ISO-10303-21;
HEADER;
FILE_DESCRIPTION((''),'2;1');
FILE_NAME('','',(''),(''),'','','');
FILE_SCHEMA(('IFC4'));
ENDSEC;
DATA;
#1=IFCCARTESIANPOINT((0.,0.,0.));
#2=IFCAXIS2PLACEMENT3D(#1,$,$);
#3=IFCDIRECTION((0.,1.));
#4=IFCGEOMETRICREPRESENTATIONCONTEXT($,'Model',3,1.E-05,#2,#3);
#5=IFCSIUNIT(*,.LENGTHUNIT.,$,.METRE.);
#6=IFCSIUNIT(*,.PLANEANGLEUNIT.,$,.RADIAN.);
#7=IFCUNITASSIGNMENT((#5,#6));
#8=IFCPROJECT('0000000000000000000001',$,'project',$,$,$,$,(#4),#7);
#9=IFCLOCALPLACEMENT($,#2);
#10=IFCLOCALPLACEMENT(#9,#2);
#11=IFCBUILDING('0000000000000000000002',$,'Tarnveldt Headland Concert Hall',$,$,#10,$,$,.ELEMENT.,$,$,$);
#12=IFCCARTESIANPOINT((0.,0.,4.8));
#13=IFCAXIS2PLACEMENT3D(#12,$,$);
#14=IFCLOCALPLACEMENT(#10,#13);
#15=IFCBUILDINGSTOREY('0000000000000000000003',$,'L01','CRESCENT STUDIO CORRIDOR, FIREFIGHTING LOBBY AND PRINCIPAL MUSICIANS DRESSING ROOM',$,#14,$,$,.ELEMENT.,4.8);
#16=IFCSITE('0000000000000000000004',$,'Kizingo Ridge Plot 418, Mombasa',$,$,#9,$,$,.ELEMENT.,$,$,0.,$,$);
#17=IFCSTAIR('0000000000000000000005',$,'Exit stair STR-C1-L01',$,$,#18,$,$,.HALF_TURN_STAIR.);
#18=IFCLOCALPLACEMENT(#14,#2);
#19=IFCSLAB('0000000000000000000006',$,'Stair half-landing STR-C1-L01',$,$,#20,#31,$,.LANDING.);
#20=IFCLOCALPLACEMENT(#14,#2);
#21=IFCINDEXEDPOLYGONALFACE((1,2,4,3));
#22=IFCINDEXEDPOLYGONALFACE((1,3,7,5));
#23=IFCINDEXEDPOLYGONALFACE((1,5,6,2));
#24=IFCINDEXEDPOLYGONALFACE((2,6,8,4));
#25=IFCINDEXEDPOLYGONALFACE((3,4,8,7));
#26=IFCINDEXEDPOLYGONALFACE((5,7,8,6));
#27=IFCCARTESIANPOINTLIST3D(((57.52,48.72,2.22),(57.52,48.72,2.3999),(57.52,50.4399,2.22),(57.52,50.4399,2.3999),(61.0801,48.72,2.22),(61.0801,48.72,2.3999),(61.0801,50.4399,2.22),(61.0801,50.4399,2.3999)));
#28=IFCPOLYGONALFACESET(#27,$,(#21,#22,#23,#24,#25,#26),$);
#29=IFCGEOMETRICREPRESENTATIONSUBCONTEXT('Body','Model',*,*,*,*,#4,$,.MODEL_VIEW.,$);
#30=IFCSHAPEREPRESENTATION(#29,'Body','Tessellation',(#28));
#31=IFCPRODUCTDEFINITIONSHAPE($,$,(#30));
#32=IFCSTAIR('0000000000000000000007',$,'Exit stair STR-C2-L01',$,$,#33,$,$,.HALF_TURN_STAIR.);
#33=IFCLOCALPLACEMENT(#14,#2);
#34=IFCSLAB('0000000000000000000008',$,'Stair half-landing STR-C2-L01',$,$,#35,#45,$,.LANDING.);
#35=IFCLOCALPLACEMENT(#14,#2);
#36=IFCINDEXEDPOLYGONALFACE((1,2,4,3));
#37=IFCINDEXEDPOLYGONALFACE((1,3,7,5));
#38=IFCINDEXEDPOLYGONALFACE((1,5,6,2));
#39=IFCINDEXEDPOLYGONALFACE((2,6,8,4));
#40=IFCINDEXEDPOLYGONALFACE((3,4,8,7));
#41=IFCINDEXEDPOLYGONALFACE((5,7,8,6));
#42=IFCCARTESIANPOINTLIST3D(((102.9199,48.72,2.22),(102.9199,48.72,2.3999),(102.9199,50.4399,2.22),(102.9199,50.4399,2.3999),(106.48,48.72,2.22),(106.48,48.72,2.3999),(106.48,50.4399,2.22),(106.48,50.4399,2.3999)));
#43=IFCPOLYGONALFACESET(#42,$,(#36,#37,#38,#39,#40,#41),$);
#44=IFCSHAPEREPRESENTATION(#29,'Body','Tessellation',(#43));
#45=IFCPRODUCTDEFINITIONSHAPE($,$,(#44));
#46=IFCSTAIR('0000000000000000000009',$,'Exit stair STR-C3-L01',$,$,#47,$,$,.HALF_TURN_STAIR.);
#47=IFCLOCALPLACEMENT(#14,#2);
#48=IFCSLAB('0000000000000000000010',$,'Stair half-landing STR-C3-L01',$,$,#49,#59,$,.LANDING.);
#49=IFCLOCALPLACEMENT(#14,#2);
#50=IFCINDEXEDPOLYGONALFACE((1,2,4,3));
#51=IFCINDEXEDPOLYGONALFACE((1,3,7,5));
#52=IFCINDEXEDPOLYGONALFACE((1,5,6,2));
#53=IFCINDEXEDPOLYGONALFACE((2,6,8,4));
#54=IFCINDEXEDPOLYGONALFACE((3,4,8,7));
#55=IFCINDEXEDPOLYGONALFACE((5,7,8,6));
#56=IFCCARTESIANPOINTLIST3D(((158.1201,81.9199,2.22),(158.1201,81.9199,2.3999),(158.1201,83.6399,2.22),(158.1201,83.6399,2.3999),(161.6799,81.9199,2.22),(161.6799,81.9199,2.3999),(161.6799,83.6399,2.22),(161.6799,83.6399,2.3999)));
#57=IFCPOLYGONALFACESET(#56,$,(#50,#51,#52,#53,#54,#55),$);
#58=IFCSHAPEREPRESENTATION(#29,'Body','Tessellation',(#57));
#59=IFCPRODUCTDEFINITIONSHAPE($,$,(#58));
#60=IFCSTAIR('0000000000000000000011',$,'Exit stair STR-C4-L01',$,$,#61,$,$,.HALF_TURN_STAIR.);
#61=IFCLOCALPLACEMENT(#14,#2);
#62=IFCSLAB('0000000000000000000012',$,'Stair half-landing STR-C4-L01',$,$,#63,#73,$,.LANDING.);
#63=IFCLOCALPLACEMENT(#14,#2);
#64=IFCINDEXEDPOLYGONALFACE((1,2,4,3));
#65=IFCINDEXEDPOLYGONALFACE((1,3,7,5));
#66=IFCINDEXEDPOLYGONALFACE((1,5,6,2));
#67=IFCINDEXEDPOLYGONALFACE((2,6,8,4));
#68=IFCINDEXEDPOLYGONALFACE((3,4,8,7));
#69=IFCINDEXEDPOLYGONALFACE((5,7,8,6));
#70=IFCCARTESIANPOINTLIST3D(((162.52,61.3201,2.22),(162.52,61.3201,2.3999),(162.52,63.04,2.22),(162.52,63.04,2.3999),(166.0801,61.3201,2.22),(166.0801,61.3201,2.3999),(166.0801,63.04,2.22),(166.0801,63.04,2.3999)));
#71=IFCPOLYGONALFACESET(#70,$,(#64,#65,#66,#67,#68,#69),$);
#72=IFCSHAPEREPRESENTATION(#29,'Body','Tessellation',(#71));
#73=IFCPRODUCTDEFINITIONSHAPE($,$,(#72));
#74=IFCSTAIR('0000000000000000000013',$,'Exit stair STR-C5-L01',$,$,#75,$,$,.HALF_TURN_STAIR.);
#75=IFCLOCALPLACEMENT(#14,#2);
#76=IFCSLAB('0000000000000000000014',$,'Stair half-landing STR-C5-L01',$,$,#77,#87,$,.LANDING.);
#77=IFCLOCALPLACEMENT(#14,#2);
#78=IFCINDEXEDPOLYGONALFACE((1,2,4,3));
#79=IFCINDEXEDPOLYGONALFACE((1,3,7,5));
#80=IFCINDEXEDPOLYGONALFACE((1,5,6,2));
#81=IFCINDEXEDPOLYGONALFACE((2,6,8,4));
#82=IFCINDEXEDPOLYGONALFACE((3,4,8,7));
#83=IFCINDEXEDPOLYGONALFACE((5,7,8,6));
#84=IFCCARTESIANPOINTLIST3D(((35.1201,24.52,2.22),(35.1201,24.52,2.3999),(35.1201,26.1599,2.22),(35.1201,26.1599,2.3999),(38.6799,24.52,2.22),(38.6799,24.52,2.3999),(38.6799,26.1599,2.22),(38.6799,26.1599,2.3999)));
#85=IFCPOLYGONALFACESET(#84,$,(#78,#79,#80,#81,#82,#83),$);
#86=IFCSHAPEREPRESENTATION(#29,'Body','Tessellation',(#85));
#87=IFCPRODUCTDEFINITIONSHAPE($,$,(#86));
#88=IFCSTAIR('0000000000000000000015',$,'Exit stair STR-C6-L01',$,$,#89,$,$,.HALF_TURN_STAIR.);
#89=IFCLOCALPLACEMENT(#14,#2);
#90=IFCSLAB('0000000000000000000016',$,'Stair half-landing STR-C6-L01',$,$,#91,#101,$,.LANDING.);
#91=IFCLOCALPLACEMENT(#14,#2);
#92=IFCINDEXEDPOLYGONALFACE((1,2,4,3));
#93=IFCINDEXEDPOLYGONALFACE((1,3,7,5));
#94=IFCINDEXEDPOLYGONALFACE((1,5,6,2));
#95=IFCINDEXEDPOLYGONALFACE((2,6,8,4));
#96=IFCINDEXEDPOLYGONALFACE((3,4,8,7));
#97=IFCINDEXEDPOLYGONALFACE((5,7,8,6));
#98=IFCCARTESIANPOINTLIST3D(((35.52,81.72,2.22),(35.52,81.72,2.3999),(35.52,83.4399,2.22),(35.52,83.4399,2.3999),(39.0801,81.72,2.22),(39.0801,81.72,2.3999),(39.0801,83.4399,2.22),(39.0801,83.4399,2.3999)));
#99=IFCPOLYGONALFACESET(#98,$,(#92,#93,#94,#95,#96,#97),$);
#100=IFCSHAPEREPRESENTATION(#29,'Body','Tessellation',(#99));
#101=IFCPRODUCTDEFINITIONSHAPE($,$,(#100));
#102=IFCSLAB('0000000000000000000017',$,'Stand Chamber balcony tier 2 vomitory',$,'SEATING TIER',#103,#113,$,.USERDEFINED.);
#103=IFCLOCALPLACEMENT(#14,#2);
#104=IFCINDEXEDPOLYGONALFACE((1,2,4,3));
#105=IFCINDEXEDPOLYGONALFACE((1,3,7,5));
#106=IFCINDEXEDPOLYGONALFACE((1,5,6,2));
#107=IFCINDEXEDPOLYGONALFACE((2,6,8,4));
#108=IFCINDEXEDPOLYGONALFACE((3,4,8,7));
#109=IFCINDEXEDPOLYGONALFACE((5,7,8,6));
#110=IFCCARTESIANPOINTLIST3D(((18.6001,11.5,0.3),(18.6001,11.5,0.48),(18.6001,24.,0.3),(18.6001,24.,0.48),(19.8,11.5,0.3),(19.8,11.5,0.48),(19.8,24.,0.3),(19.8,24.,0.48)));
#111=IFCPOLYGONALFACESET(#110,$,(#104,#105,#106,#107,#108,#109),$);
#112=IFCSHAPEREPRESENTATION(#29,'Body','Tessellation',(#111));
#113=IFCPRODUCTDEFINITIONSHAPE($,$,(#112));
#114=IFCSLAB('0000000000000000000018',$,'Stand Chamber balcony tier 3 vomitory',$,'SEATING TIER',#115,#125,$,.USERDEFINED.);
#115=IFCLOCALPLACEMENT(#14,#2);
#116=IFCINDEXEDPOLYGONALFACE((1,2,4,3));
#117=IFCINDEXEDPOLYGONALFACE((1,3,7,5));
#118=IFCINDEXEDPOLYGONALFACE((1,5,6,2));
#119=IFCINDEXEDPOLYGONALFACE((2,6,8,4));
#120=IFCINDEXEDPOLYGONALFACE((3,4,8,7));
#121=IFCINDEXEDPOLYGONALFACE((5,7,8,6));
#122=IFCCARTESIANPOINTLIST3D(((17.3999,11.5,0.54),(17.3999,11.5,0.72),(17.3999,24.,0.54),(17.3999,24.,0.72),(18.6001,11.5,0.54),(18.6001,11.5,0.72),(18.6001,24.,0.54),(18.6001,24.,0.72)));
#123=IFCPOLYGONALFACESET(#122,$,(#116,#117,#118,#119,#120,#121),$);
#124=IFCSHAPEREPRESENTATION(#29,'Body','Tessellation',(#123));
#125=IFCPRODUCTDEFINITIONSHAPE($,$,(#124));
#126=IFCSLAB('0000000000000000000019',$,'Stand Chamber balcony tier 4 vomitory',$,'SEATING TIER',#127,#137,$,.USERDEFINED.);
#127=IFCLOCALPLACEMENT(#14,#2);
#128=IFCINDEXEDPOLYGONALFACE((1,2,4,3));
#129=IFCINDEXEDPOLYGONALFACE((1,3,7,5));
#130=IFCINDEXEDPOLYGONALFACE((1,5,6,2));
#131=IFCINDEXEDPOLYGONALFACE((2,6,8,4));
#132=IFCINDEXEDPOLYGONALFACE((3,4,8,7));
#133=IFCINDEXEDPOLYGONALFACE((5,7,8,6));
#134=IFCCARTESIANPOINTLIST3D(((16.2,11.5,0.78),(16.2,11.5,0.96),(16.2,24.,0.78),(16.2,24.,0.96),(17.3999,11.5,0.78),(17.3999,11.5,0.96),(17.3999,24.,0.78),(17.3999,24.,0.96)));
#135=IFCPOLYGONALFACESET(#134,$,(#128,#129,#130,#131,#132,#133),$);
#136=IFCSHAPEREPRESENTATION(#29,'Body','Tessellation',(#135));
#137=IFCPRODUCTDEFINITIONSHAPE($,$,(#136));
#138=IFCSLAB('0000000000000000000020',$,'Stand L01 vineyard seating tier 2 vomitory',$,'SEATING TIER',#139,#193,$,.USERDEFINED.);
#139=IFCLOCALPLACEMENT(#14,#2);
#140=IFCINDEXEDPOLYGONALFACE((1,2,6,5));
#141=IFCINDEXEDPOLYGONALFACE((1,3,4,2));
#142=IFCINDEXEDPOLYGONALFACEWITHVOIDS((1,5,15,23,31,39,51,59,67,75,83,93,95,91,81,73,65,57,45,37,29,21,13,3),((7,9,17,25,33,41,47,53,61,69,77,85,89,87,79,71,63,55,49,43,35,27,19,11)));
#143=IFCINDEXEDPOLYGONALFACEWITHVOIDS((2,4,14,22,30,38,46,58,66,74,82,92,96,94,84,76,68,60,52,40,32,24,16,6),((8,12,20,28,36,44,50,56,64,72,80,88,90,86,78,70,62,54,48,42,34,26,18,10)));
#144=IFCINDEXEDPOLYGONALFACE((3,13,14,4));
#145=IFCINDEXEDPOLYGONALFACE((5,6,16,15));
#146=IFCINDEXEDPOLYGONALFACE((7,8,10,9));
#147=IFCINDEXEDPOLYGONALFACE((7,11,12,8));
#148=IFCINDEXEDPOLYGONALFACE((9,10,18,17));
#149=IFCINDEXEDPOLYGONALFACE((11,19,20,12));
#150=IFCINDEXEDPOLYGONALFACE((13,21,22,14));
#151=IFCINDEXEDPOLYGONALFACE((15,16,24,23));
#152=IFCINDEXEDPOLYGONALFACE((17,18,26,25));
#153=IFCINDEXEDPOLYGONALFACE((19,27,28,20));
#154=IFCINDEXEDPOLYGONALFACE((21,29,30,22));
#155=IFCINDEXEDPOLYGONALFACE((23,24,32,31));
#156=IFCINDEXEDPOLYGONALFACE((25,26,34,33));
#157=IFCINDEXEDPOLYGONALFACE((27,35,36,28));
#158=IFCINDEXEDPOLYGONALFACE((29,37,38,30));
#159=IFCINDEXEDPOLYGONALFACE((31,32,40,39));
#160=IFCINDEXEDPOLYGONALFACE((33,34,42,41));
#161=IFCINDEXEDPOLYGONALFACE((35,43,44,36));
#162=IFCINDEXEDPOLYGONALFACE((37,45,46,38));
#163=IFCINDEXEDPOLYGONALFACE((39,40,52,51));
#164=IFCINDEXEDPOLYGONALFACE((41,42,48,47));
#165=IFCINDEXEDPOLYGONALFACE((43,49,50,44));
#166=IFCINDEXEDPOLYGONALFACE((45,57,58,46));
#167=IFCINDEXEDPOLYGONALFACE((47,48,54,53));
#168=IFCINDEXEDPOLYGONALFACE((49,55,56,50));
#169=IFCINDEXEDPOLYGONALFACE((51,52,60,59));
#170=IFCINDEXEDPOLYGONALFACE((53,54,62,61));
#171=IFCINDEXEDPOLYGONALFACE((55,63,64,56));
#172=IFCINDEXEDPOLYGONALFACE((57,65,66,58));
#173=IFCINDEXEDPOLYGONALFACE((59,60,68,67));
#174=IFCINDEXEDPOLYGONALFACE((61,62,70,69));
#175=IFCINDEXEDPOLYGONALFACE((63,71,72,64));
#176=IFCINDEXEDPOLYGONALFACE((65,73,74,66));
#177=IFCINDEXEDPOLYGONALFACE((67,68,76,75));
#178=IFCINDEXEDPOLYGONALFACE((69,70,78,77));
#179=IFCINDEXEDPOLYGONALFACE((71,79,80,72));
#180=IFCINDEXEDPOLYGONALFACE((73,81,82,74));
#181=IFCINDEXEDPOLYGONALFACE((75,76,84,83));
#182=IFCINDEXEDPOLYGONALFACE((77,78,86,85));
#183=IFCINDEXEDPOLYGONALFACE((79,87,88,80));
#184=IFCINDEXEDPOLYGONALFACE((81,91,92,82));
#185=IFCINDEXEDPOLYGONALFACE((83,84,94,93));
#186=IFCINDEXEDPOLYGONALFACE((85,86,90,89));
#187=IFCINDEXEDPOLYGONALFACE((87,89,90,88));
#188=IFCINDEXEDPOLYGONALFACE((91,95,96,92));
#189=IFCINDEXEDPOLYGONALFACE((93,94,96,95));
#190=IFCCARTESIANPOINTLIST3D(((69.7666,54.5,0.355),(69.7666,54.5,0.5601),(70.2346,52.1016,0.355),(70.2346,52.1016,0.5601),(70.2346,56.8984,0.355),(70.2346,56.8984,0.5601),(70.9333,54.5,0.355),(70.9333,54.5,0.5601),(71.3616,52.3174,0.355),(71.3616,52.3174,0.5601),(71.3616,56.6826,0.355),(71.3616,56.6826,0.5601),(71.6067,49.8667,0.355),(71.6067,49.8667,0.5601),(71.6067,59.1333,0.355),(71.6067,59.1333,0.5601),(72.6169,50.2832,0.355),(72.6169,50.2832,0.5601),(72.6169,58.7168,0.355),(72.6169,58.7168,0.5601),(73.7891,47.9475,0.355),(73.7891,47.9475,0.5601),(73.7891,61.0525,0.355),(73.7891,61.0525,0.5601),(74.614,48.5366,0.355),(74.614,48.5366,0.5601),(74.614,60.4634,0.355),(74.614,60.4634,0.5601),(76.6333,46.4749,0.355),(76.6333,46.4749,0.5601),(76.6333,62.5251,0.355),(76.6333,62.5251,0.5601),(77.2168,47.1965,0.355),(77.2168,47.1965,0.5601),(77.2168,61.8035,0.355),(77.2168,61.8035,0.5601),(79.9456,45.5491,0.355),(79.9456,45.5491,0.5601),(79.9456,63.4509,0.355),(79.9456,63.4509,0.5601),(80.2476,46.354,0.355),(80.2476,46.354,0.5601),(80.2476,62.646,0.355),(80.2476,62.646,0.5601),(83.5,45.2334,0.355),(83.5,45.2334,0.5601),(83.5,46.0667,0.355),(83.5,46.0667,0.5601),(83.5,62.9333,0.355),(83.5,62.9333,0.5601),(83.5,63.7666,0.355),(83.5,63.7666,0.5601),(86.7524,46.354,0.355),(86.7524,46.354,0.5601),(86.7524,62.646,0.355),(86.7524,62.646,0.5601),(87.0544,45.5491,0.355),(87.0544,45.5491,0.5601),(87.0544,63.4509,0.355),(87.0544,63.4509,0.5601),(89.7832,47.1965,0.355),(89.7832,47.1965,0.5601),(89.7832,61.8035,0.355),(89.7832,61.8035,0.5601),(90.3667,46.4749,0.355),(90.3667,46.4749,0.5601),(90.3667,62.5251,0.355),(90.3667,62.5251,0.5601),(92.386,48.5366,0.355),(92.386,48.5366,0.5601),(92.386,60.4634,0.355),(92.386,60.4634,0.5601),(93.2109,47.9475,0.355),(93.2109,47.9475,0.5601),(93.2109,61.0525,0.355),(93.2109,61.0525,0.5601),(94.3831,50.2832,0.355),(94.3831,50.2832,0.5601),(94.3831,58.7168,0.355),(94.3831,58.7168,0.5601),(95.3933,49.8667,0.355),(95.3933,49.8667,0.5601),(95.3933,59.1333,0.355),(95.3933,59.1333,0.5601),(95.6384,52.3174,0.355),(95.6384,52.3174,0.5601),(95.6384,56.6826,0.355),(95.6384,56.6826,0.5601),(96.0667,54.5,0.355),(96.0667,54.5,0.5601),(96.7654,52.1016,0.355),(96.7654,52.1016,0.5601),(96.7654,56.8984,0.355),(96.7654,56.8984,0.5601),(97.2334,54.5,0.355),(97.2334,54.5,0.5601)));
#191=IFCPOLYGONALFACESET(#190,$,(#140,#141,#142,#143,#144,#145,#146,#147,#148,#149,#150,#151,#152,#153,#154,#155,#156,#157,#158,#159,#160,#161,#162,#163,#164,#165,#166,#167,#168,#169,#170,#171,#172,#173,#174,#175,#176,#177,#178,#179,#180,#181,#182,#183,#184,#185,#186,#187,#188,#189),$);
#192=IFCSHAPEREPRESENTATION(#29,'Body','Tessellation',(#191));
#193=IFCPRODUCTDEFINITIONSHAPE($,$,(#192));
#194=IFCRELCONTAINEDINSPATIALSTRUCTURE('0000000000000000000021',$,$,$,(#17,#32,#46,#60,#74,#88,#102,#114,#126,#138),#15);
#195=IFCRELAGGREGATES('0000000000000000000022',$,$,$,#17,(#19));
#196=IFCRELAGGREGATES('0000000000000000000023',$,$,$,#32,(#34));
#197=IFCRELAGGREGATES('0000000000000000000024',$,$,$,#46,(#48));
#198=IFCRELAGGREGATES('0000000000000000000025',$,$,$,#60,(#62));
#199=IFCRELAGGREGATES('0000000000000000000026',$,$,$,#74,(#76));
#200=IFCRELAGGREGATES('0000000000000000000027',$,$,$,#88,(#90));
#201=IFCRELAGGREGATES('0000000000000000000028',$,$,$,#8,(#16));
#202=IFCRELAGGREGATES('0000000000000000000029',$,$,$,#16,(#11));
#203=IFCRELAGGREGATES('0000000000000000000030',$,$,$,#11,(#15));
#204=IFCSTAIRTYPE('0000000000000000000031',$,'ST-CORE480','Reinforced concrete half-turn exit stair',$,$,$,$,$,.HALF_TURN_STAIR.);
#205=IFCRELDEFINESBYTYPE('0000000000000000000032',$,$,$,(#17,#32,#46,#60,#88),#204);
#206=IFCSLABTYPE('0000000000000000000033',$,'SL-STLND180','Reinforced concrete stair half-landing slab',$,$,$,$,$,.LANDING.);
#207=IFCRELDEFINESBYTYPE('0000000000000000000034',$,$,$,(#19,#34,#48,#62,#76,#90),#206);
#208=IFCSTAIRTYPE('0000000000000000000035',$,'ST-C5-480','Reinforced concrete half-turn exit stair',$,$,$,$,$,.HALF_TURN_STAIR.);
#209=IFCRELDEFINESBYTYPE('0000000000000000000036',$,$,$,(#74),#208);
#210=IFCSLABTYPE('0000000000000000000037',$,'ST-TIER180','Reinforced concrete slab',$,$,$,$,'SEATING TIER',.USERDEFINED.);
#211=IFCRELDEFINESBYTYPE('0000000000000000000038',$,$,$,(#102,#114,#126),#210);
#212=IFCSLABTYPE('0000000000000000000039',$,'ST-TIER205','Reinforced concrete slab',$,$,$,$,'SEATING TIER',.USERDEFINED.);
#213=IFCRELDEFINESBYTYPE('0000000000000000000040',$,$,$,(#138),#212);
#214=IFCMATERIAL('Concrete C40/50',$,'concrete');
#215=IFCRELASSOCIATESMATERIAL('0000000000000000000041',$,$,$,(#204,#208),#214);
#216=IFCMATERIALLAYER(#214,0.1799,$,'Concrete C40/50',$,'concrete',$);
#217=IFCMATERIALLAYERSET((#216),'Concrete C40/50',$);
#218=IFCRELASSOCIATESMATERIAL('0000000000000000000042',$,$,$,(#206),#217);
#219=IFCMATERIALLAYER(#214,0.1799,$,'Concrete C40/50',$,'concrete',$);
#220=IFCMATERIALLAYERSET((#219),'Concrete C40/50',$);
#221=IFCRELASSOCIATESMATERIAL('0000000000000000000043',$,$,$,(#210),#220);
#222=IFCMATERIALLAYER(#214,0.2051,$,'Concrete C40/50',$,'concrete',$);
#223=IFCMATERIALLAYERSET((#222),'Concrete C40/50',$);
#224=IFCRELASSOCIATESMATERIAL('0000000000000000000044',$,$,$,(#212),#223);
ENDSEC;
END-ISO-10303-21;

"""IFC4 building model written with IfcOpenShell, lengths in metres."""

from ifc_helpers import new_model, si_unit, direction, frame, origin, place, context, subcontext, project, spatial, polyline, outline, extrude, material, layer, layer_set, type_object, element, aggregate, save


model = new_model("IFC4")

# Units and contexts
model_context = context("Model", 3, precision=1e-05, world=origin(), true_north=direction((0.0, 1.0)))
body_context = subcontext(model_context, "Body", "Model", "MODEL_VIEW")
ifc_project = project(units=[si_unit("LENGTHUNIT", "METRE"), si_unit("PLANEANGLEUNIT", "RADIAN")], contexts=[model_context])

# Site, building, storey
site_placement = place(None, origin())
site = spatial("IfcSite", under=ifc_project, at=site_placement, Name="Kizingo Ridge Plot 418, Mombasa", CompositionType="ELEMENT", RefElevation=0.0)
building_placement = place(site_placement, origin())
building = spatial("IfcBuilding", under=site, at=building_placement, Name="Tarnveldt Headland Concert Hall", CompositionType="ELEMENT")
storey_placement = place(building_placement, frame((0.0, 0.0, 4.8)))
storey = spatial("IfcBuildingStorey", under=building, at=storey_placement, Name="L01", Description="CRESCENT STUDIO CORRIDOR, FIREFIGHTING LOBBY AND PRINCIPAL MUSICIANS DRESSING ROOM", CompositionType="ELEMENT", Elevation=4.8)

# Stairs, slabs
ifc_material_1 = material(Name="Concrete C40/50", Category="concrete")
stair_type_1 = type_object("IfcStairType", Name="ST-CORE480", Description="Reinforced concrete half-turn exit stair", PredefinedType="HALF_TURN_STAIR", material=ifc_material_1)
stair_1_placement = place(storey_placement, origin())
stair_1 = element("IfcStair", 1, at=stair_1_placement, inside=storey, type_object=stair_type_1, Name="Exit stair STR-C1-L01", PredefinedType="HALF_TURN_STAIR")
ifc_layer_1 = layer(ifc_material_1, 0.1799, Name="Concrete C40/50", Category="concrete")
ifc_layer_set_1 = layer_set([ifc_layer_1], Name="Concrete C40/50")
slab_type_1 = type_object("IfcSlabType", Name="SL-STLND180", Description="Reinforced concrete stair half-landing slab", PredefinedType="LANDING", material=ifc_layer_set_1)
slab_1_placement = place(storey_placement, frame((0.0, 0.0, 2.22)))
slab_1 = element("IfcSlab", 2, at=slab_1_placement, type_object=slab_type_1, Name="Stair half-landing STR-C1-L01", PredefinedType="LANDING", context=body_context, shape_type="SweptSolid", body=[
    extrude(outline(polyline([(57.52, 48.72), (61.0801, 48.72), (61.0801, 50.4399), (57.52, 50.4399), (57.52, 48.72)])), origin(), (0.0, 0.0, 1.0), 0.1799),
])
aggregate(stair_1, [slab_1])
stair_2_placement = place(storey_placement, origin())
stair_2 = element("IfcStair", 3, at=stair_2_placement, inside=storey, type_object=stair_type_1, Name="Exit stair STR-C2-L01", PredefinedType="HALF_TURN_STAIR")
slab_2_placement = place(storey_placement, frame((0.0, 0.0, 2.22)))
slab_2 = element("IfcSlab", 4, at=slab_2_placement, type_object=slab_type_1, Name="Stair half-landing STR-C2-L01", PredefinedType="LANDING", context=body_context, shape_type="SweptSolid", body=[
    extrude(outline(polyline([(102.9199, 48.72), (106.48, 48.72), (106.48, 50.4399), (102.9199, 50.4399), (102.9199, 48.72)])), origin(), (0.0, 0.0, 1.0), 0.1799),
])
aggregate(stair_2, [slab_2])
stair_3_placement = place(storey_placement, origin())
stair_3 = element("IfcStair", 5, at=stair_3_placement, inside=storey, type_object=stair_type_1, Name="Exit stair STR-C3-L01", PredefinedType="HALF_TURN_STAIR")
slab_3_placement = place(storey_placement, frame((0.0, 0.0, 2.22)))
slab_3 = element("IfcSlab", 6, at=slab_3_placement, type_object=slab_type_1, Name="Stair half-landing STR-C3-L01", PredefinedType="LANDING", context=body_context, shape_type="SweptSolid", body=[
    extrude(outline(polyline([(158.1201, 81.9199), (161.6799, 81.9199), (161.6799, 83.6399), (158.1201, 83.6399), (158.1201, 81.9199)])), origin(), (0.0, 0.0, 1.0), 0.1799),
])
aggregate(stair_3, [slab_3])
stair_4_placement = place(storey_placement, origin())
stair_4 = element("IfcStair", 7, at=stair_4_placement, inside=storey, type_object=stair_type_1, Name="Exit stair STR-C4-L01", PredefinedType="HALF_TURN_STAIR")
slab_4_placement = place(storey_placement, frame((0.0, 0.0, 2.22)))
slab_4 = element("IfcSlab", 8, at=slab_4_placement, type_object=slab_type_1, Name="Stair half-landing STR-C4-L01", PredefinedType="LANDING", context=body_context, shape_type="SweptSolid", body=[
    extrude(outline(polyline([(162.52, 61.3201), (166.0801, 61.3201), (166.0801, 63.04), (162.52, 63.04), (162.52, 61.3201)])), origin(), (0.0, 0.0, 1.0), 0.1799),
])
aggregate(stair_4, [slab_4])
stair_type_2 = type_object("IfcStairType", Name="ST-C5-480", Description="Reinforced concrete half-turn exit stair", PredefinedType="HALF_TURN_STAIR", material=ifc_material_1)
stair_5_placement = place(storey_placement, origin())
stair_5 = element("IfcStair", 9, at=stair_5_placement, inside=storey, type_object=stair_type_2, Name="Exit stair STR-C5-L01", PredefinedType="HALF_TURN_STAIR")
slab_5_placement = place(storey_placement, frame((0.0, 0.0, 2.22)))
slab_5 = element("IfcSlab", 10, at=slab_5_placement, type_object=slab_type_1, Name="Stair half-landing STR-C5-L01", PredefinedType="LANDING", context=body_context, shape_type="SweptSolid", body=[
    extrude(outline(polyline([(35.1201, 24.52), (38.6799, 24.52), (38.6799, 26.1599), (35.1201, 26.1599), (35.1201, 24.52)])), origin(), (0.0, 0.0, 1.0), 0.1799),
])
aggregate(stair_5, [slab_5])
stair_6_placement = place(storey_placement, origin())
stair_6 = element("IfcStair", 11, at=stair_6_placement, inside=storey, type_object=stair_type_1, Name="Exit stair STR-C6-L01", PredefinedType="HALF_TURN_STAIR")
slab_6_placement = place(storey_placement, frame((0.0, 0.0, 2.22)))
slab_6 = element("IfcSlab", 12, at=slab_6_placement, type_object=slab_type_1, Name="Stair half-landing STR-C6-L01", PredefinedType="LANDING", context=body_context, shape_type="SweptSolid", body=[
    extrude(outline(polyline([(35.52, 81.72), (39.0801, 81.72), (39.0801, 83.4399), (35.52, 83.4399), (35.52, 81.72)])), origin(), (0.0, 0.0, 1.0), 0.1799),
])
aggregate(stair_6, [slab_6])

# Slabs
ifc_layer_2 = layer(ifc_material_1, 0.1799, Name="Concrete C40/50", Category="concrete")
ifc_layer_set_2 = layer_set([ifc_layer_2], Name="Concrete C40/50")
slab_type_2 = type_object("IfcSlabType", Name="ST-TIER180", Description="Reinforced concrete slab", ElementType="SEATING TIER", PredefinedType="USERDEFINED", material=ifc_layer_set_2)
slab_7_placement = place(storey_placement, frame((0.0, 0.0, 0.3)))
element("IfcSlab", 13, at=slab_7_placement, inside=storey, type_object=slab_type_2, Name="Stand Chamber balcony tier 2 vomitory", ObjectType="SEATING TIER", PredefinedType="USERDEFINED", context=body_context, shape_type="SweptSolid", body=[
    extrude(outline(polyline([(18.6001, 11.5), (19.8, 11.5), (19.8, 24.0), (18.6001, 24.0), (18.6001, 11.5)])), origin(), (0.0, 0.0, 1.0), 0.1799),
])
slab_8_placement = place(storey_placement, frame((0.0, 0.0, 0.54)))
element("IfcSlab", 14, at=slab_8_placement, inside=storey, type_object=slab_type_2, Name="Stand Chamber balcony tier 3 vomitory", ObjectType="SEATING TIER", PredefinedType="USERDEFINED", context=body_context, shape_type="SweptSolid", body=[
    extrude(outline(polyline([(17.3999, 11.5), (18.6001, 11.5), (18.6001, 24.0), (17.3999, 24.0), (17.3999, 11.5)])), origin(), (0.0, 0.0, 1.0), 0.1799),
])
slab_9_placement = place(storey_placement, frame((0.0, 0.0, 0.78)))
element("IfcSlab", 15, at=slab_9_placement, inside=storey, type_object=slab_type_2, Name="Stand Chamber balcony tier 4 vomitory", ObjectType="SEATING TIER", PredefinedType="USERDEFINED", context=body_context, shape_type="SweptSolid", body=[
    extrude(outline(polyline([(16.2, 11.5), (17.3999, 11.5), (17.3999, 24.0), (16.2, 24.0), (16.2, 11.5)])), origin(), (0.0, 0.0, 1.0), 0.1799),
])
ifc_layer_3 = layer(ifc_material_1, 0.2051, Name="Concrete C40/50", Category="concrete")
ifc_layer_set_3 = layer_set([ifc_layer_3], Name="Concrete C40/50")
slab_type_3 = type_object("IfcSlabType", Name="ST-TIER205", Description="Reinforced concrete slab", ElementType="SEATING TIER", PredefinedType="USERDEFINED", material=ifc_layer_set_3)
slab_10_placement = place(storey_placement, frame((0.0, 0.0, 0.355)))
element("IfcSlab", 16, at=slab_10_placement, inside=storey, type_object=slab_type_3, Name="Stand L01 vineyard seating tier 2 vomitory", ObjectType="SEATING TIER", PredefinedType="USERDEFINED", context=body_context, shape_type="SweptSolid", body=[
    extrude(outline(polyline([(97.2334, 54.5), (96.7654, 56.8984), (95.3933, 59.1333), (93.2109, 61.0525), (90.3667, 62.5251), (87.0544, 63.4509), (83.5, 63.7666), (79.9456, 63.4509), (76.6333, 62.5251), (73.7891, 61.0525), (71.6067, 59.1333), (70.2346, 56.8984), (69.7666, 54.5), (70.2346, 52.1016), (71.6067, 49.8667), (73.7891, 47.9475), (76.6333, 46.4749), (79.9456, 45.5491), (83.5, 45.2334), (87.0544, 45.5491), (90.3667, 46.4749), (93.2109, 47.9475), (95.3933, 49.8667), (96.7654, 52.1016), (97.2334, 54.5)]), holes=[polyline([(95.6384, 52.3174), (94.3831, 50.2832), (92.386, 48.5366), (89.7832, 47.1965), (86.7524, 46.354), (83.5, 46.0667), (80.2476, 46.354), (77.2168, 47.1965), (74.614, 48.5366), (72.6169, 50.2832), (71.3616, 52.3174), (70.9333, 54.5), (71.3616, 56.6826), (72.6169, 58.7168), (74.614, 60.4634), (77.2168, 61.8035), (80.2476, 62.646), (83.5, 62.9333), (86.7524, 62.646), (89.7832, 61.8035), (92.386, 60.4634), (94.3831, 58.7168), (95.6384, 56.6826), (96.0667, 54.5), (95.6384, 52.3174)])]), origin(), (0.0, 0.0, 1.0), 0.2051),
])

save(model, "model.ifc")
